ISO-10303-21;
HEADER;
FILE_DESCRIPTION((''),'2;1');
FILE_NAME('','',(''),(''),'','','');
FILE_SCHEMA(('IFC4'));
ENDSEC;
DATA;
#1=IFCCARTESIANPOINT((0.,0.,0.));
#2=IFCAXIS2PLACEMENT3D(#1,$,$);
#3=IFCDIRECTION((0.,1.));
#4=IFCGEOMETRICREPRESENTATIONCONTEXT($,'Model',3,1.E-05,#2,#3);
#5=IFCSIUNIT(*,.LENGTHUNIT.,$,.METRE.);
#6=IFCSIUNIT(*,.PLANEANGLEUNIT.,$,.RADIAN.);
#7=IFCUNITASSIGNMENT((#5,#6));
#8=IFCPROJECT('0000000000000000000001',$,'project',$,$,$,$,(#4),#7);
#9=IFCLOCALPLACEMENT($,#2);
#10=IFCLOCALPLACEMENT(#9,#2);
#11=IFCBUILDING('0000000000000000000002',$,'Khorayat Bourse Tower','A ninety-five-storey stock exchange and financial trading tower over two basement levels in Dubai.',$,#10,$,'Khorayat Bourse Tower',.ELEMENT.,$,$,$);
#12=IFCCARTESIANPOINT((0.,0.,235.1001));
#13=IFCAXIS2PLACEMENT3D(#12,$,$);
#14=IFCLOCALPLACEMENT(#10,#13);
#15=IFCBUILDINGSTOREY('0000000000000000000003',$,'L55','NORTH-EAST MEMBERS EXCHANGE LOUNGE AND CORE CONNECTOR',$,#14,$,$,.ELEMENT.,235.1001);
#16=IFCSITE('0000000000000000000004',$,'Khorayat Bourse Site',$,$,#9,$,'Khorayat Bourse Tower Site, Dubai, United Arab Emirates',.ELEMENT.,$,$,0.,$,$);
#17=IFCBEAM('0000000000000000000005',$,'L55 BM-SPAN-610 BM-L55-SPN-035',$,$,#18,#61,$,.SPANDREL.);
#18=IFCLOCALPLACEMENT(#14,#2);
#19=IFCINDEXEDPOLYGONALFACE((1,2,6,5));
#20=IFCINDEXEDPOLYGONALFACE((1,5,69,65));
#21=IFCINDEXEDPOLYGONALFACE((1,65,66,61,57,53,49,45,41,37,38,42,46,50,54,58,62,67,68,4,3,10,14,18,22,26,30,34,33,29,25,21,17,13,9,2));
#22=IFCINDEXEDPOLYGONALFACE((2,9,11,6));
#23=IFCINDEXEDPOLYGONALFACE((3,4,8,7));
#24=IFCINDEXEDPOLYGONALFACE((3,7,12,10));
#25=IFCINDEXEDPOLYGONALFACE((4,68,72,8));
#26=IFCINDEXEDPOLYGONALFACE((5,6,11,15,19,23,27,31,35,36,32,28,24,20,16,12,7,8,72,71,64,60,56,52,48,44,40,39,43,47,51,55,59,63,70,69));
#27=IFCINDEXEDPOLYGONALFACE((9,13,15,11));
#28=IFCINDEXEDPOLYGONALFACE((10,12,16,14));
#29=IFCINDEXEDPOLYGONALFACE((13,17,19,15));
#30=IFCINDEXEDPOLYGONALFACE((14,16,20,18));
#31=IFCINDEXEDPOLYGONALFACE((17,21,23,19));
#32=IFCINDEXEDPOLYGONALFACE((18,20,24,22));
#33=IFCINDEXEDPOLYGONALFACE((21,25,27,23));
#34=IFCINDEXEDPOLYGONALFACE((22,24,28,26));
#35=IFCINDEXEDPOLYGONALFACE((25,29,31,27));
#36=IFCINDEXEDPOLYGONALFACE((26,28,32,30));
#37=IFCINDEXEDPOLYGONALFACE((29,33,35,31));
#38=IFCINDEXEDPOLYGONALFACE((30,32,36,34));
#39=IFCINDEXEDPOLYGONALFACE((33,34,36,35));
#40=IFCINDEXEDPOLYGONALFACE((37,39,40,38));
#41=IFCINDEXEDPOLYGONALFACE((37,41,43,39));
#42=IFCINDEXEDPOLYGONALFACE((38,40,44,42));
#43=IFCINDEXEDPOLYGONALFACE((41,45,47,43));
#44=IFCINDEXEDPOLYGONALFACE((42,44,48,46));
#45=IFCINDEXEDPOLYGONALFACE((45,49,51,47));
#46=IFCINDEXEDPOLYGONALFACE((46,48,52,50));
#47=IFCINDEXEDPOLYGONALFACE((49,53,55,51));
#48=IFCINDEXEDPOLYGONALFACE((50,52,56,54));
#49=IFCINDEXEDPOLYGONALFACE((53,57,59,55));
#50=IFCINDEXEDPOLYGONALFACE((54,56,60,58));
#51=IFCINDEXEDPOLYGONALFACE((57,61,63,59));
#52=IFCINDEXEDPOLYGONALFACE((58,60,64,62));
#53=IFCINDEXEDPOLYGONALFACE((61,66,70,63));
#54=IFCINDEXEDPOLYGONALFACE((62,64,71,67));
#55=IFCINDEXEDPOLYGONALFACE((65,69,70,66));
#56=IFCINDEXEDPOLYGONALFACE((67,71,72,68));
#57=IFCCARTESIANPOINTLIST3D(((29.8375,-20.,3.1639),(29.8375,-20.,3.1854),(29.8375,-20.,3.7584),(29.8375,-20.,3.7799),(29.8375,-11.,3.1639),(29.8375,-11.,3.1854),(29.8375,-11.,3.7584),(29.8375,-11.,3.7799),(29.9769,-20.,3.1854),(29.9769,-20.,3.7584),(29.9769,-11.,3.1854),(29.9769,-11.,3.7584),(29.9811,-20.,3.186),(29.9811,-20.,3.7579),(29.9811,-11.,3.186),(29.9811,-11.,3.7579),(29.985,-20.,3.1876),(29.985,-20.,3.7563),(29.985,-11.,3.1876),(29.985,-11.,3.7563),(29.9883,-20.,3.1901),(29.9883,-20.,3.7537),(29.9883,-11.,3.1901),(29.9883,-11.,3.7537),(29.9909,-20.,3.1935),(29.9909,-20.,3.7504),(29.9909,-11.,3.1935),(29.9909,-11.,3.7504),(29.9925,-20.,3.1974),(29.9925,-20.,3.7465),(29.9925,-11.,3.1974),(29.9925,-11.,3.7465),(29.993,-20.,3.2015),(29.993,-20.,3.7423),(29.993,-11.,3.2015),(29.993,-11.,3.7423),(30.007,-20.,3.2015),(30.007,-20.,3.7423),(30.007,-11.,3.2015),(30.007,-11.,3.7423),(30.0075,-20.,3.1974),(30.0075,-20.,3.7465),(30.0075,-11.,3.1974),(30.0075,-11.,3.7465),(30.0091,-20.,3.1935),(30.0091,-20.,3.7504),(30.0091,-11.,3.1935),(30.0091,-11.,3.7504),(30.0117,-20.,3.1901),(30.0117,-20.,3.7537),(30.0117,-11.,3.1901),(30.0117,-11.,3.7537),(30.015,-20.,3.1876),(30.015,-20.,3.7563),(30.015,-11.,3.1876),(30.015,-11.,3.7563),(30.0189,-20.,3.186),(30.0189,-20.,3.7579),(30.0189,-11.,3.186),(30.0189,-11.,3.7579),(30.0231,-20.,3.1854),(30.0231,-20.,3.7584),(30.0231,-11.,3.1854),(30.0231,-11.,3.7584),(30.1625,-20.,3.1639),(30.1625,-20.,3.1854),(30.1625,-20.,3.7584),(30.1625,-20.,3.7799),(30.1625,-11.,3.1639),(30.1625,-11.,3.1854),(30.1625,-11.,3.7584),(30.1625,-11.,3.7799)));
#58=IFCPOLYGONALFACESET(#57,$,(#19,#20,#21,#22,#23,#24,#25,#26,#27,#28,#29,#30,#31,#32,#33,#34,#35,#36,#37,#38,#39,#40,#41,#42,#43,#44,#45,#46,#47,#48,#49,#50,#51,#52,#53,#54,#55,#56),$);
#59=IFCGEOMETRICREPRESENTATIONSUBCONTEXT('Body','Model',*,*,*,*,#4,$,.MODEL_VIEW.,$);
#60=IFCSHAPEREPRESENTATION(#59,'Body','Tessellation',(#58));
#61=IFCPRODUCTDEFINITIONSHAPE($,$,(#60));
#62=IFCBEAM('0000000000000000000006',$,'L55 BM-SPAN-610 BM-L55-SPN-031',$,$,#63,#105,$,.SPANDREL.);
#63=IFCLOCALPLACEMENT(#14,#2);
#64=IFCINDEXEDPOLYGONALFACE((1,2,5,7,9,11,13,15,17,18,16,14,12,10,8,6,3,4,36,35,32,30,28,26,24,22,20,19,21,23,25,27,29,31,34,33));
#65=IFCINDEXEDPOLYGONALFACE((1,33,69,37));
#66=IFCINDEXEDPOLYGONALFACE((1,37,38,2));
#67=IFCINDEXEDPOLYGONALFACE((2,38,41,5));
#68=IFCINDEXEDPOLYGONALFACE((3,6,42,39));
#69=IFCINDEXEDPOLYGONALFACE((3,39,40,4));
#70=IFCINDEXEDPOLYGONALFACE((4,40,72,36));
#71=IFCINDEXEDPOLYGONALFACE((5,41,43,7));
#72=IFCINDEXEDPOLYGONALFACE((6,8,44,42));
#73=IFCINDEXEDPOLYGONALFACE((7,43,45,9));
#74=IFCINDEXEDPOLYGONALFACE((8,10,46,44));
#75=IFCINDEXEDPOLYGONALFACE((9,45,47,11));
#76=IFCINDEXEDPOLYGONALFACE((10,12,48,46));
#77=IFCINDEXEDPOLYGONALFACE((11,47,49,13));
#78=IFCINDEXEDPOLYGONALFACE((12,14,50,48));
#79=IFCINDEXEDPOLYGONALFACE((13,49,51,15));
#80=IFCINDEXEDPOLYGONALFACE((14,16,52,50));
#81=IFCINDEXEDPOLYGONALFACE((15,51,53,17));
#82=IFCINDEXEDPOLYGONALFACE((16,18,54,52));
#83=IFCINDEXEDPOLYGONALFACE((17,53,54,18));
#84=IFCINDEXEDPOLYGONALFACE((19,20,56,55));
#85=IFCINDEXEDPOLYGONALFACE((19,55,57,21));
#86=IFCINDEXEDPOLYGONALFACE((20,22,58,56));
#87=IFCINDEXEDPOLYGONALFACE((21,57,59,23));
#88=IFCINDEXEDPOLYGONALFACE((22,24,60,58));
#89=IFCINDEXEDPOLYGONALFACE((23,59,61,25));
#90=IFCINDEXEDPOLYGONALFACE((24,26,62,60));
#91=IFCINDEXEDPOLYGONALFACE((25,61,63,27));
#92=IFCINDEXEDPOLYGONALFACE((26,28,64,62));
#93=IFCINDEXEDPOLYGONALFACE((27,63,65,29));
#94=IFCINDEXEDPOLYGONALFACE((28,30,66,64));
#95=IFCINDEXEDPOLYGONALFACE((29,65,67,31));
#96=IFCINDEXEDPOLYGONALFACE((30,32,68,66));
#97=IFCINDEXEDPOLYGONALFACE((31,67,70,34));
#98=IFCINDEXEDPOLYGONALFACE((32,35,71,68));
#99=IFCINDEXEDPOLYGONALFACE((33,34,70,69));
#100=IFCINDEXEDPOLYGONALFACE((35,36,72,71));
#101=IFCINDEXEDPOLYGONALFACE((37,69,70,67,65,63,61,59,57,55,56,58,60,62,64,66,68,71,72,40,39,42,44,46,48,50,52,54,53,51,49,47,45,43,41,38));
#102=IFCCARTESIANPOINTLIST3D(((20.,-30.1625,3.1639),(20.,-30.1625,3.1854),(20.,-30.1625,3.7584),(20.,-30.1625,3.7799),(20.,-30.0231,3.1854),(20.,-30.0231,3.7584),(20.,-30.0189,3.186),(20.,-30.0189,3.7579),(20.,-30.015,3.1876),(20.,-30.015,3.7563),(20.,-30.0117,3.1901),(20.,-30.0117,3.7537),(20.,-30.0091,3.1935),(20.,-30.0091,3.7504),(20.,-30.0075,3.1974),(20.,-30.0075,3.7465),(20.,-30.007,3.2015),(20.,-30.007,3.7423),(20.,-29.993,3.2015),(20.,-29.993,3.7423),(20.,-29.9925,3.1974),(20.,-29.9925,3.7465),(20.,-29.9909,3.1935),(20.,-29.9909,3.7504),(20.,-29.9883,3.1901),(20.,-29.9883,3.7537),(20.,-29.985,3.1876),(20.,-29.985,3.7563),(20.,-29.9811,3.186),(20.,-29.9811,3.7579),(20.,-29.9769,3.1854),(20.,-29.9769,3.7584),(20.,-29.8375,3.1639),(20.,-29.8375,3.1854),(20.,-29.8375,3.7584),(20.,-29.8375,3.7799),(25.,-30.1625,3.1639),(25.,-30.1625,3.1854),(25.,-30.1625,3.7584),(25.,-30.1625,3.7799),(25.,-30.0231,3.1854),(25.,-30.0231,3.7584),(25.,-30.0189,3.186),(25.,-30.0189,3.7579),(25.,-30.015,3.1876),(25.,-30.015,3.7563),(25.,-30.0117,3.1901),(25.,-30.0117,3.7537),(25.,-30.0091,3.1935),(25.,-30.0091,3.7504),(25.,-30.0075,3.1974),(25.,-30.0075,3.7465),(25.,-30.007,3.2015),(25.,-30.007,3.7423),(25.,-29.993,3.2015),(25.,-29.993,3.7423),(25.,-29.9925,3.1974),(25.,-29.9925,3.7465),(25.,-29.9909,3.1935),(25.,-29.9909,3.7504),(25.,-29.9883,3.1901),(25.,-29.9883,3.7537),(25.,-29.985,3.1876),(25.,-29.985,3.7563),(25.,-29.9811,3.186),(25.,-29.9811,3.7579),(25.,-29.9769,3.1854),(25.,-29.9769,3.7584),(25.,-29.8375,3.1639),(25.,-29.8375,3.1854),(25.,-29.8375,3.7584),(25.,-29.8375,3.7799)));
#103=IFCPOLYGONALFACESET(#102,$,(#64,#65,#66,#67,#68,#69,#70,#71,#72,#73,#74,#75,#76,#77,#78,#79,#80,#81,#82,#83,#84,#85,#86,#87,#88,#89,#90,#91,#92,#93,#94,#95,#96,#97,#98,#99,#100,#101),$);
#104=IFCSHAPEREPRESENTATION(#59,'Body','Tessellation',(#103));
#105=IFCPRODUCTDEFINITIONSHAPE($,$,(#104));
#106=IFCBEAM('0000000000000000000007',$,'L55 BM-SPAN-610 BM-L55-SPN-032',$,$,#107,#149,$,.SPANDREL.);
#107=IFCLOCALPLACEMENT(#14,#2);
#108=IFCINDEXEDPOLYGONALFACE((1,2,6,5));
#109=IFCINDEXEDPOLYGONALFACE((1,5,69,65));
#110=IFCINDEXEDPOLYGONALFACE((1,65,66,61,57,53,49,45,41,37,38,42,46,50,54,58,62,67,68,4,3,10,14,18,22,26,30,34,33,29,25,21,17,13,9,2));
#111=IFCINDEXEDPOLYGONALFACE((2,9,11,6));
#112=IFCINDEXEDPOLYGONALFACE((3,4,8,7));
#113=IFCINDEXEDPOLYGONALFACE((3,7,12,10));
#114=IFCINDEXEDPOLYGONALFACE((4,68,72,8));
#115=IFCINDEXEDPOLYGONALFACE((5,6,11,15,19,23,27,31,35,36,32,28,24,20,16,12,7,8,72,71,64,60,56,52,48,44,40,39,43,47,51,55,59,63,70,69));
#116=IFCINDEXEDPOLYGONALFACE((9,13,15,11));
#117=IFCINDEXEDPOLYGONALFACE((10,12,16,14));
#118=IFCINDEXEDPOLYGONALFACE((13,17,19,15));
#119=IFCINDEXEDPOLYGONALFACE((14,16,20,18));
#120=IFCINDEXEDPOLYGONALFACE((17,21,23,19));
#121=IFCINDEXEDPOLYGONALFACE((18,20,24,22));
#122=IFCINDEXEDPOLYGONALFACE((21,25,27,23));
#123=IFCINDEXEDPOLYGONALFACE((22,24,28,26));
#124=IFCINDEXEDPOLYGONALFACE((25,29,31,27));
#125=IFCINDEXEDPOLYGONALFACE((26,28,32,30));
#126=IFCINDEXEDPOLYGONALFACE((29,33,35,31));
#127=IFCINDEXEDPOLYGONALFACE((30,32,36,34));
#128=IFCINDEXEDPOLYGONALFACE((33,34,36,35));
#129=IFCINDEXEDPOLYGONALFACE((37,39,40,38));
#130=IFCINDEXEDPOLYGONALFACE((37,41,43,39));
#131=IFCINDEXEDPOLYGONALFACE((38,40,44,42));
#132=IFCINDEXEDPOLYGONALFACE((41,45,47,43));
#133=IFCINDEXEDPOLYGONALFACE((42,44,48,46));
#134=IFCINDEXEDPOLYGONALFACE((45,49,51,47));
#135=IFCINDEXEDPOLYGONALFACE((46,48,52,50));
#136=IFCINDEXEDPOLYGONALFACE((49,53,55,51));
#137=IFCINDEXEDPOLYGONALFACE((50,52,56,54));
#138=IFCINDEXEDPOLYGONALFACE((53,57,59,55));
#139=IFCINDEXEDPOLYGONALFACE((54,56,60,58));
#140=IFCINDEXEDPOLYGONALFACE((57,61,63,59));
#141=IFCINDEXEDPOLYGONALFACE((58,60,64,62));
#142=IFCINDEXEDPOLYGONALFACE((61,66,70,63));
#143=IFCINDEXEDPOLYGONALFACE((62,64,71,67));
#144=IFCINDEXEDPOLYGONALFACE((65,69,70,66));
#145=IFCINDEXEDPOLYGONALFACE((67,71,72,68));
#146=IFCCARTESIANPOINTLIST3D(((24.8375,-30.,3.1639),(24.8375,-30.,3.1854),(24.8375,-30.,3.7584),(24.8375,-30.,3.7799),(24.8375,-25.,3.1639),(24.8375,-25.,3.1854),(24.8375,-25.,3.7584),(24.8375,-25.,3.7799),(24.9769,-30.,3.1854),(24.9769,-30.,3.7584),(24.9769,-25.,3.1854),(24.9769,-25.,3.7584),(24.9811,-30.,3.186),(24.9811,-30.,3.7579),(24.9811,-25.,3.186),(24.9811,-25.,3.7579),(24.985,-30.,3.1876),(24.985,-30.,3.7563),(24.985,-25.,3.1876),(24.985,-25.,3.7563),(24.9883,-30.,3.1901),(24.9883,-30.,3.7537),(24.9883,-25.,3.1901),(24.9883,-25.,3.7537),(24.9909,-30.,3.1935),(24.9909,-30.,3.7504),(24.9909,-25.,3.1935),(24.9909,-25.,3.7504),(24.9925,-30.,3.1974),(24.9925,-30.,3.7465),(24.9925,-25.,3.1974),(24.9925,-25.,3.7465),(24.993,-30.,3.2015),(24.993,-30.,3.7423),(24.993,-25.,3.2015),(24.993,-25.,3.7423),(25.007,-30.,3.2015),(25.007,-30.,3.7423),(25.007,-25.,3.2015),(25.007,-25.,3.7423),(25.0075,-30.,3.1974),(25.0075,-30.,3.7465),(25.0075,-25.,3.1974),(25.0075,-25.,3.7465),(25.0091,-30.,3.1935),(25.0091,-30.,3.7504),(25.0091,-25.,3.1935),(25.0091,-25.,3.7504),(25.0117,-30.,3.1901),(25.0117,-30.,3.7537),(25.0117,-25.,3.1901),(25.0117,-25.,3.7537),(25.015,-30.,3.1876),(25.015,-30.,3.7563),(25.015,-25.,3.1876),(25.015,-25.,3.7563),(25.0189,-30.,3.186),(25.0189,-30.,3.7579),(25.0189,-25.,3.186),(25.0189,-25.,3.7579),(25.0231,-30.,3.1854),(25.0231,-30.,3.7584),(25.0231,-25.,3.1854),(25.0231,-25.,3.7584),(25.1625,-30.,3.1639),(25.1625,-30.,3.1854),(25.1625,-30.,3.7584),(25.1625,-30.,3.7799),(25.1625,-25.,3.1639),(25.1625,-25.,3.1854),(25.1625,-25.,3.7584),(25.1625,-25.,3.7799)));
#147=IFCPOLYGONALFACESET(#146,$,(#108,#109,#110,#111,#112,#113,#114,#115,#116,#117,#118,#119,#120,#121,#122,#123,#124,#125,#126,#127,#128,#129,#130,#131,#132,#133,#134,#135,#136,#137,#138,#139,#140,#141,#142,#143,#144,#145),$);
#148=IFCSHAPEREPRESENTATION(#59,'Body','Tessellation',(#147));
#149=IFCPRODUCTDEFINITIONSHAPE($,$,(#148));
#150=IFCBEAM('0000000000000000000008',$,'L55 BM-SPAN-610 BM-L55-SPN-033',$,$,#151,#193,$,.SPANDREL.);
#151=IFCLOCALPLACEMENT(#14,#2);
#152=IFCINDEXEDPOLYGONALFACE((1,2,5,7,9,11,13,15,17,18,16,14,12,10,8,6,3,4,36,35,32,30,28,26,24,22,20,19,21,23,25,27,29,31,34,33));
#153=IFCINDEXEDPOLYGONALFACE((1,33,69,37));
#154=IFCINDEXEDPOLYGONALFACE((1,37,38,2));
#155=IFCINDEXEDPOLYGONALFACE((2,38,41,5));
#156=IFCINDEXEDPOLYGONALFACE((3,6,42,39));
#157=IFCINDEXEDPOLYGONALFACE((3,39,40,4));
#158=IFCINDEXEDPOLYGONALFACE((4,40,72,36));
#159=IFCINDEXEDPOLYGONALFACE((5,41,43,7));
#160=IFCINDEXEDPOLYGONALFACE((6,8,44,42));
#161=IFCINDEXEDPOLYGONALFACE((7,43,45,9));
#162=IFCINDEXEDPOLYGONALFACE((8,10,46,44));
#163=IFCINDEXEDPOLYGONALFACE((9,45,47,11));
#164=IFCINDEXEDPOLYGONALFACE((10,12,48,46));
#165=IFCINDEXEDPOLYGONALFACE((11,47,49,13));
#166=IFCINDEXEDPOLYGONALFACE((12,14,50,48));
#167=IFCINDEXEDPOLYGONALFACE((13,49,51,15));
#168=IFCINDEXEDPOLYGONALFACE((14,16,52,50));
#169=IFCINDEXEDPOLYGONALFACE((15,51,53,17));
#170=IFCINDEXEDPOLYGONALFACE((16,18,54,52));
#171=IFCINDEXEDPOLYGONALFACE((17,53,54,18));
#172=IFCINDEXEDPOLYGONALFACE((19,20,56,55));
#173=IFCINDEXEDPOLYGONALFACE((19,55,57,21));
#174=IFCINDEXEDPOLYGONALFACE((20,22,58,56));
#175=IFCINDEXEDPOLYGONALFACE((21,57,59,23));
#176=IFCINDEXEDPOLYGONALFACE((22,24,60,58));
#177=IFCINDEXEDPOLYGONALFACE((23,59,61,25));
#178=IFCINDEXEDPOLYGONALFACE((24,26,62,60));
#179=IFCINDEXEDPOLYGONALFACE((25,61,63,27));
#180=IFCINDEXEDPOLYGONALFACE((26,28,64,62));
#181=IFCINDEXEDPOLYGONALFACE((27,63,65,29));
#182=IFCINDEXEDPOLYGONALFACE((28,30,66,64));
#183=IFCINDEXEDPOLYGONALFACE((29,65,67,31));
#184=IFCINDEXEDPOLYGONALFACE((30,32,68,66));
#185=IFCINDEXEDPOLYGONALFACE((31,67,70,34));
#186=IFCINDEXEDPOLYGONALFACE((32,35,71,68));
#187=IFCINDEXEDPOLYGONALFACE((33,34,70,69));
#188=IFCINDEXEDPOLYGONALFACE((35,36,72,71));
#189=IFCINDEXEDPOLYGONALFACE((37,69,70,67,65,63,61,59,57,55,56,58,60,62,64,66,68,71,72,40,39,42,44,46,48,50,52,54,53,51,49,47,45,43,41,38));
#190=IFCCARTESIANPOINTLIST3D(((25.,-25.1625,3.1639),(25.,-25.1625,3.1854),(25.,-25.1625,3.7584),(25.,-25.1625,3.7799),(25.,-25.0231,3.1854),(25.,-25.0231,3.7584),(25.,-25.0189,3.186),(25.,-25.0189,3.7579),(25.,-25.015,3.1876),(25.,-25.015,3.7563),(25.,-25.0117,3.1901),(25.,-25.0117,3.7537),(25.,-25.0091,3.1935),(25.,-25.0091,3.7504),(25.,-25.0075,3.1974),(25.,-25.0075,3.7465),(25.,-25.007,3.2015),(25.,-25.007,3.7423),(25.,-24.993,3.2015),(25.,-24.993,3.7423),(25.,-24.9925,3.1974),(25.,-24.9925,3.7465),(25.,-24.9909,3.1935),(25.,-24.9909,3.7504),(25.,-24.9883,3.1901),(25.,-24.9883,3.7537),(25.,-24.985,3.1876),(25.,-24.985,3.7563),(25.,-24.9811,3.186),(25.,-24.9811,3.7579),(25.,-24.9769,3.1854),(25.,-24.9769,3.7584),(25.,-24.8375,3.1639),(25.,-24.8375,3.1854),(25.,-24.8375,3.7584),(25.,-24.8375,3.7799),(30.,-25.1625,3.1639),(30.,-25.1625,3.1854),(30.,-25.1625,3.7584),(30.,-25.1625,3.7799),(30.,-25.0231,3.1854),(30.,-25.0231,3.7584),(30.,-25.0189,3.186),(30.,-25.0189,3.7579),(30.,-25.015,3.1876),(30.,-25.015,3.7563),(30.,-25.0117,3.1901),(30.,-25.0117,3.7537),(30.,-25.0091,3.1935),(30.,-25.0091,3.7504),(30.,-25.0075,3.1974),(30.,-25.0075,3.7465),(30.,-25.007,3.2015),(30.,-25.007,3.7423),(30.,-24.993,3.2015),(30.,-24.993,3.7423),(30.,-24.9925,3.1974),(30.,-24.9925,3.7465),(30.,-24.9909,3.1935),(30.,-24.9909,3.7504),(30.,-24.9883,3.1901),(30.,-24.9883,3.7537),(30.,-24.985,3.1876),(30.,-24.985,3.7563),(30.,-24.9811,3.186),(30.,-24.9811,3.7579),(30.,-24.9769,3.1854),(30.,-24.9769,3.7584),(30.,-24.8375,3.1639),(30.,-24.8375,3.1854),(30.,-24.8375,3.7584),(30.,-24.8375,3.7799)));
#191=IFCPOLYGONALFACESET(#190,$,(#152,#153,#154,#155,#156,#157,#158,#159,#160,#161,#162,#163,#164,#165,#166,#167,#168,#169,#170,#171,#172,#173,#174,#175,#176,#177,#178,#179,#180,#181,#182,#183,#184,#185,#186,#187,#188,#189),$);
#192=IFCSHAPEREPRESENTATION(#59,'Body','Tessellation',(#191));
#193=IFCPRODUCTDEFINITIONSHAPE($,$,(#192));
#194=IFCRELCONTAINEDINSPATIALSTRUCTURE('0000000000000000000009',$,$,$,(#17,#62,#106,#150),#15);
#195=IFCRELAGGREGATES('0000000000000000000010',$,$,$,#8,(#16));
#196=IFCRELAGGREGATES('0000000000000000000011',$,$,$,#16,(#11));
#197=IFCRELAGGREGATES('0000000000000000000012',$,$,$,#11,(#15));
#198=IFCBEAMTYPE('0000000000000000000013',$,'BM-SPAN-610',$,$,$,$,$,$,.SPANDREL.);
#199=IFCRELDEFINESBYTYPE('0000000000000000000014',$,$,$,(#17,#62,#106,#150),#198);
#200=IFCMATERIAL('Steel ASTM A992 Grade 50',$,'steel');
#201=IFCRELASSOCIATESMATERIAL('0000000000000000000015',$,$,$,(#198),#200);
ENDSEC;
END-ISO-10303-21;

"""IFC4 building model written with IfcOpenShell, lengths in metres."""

from ifc_helpers import new_model, si_unit, direction, frame, origin, origin_2d, place, context, subcontext, project, spatial, i_section, extrude, source, transform, mapped, material, material_profile, profile_set, type_object, element, save


model = new_model("IFC4")

# Units and contexts
model_context = context("Model", 3, precision=1e-05, world=origin(), true_north=direction((0.0, 1.0)))
body_context = subcontext(model_context, "Body", "Model", "MODEL_VIEW")
ifc_project = project(units=[si_unit("LENGTHUNIT", "METRE"), si_unit("PLANEANGLEUNIT", "RADIAN")], contexts=[model_context])

# Site, building, storey
site_placement = place(None, origin())
site = spatial("IfcSite", under=ifc_project, at=site_placement, Name="Khorayat Bourse Site", LongName="Khorayat Bourse Tower Site, Dubai, United Arab Emirates", CompositionType="ELEMENT", RefElevation=0.0)
building_placement = place(site_placement, origin())
building = spatial("IfcBuilding", under=site, at=building_placement, Name="Khorayat Bourse Tower", Description="A ninety-five-storey stock exchange and financial trading tower over two basement levels in Dubai.", LongName="Khorayat Bourse Tower", CompositionType="ELEMENT")
storey_placement = place(building_placement, frame((0.0, 0.0, 235.1001)))
storey = spatial("IfcBuildingStorey", under=building, at=storey_placement, Name="L55", Description="NORTH-EAST MEMBERS EXCHANGE LOUNGE AND CORE CONNECTOR", CompositionType="ELEMENT", Elevation=235.1001)

# Beams
ifc_material_1 = material(Name="Steel ASTM A992 Grade 50", Category="steel")
ifc_material_profile_1 = material_profile(ifc_material_1, i_section(OverallWidth=0.325, OverallDepth=0.616, WebThickness=0.0139, FlangeThickness=0.0215, FilletRadius=0.0161, at=origin_2d()), Name="W610X174")
ifc_profile_set_1 = profile_set([ifc_material_profile_1], Name="Steel ASTM A992 Grade 50")
beam_type_1 = type_object("IfcBeamType", Name="BM-SPAN-610", PredefinedType="SPANDREL", material=ifc_profile_set_1)
shared_shape_1 = source(origin(), body_context, "Body", "SweptSolid", [
    extrude(i_section(OverallWidth=0.325, OverallDepth=0.616, WebThickness=0.0139, FlangeThickness=0.0215, FilletRadius=0.0161, at=origin_2d()), origin(), (0.0, 0.0, 1.0), 9.0),
])
beam_1_placement = place(storey_placement, frame((30.0, -20.0, 3.4719), z_axis=(0.0, 1.0, 0.0), x_axis=(-1.0, 0.0, 0.0)))
element("IfcBeam", 1, at=beam_1_placement, inside=storey, type_object=beam_type_1, Name="L55 BM-SPAN-610 BM-L55-SPN-035", PredefinedType="SPANDREL", context=body_context, shape_type="MappedRepresentation", body=[
    mapped(shared_shape_1, transform((0.0, 0.0, 0.0), scale=1.0)),
])
shared_shape_2 = source(origin(), body_context, "Body", "SweptSolid", [
    extrude(i_section(OverallWidth=0.325, OverallDepth=0.616, WebThickness=0.0139, FlangeThickness=0.0215, FilletRadius=0.0161, at=origin_2d()), origin(), (0.0, 0.0, 1.0), 5.0),
])
for number, where, z_axis, x_axis, name in (
    (2, (20.0, -30.0, 3.4719), (1.0, 0.0, 0.0), (0.0, 1.0, 0.0), "L55 BM-SPAN-610 BM-L55-SPN-031"),
    (3, (25.0, -30.0, 3.4719), (0.0, 1.0, 0.0), (-1.0, 0.0, 0.0), "L55 BM-SPAN-610 BM-L55-SPN-032"),
    (4, (25.0, -25.0, 3.4719), (1.0, 0.0, 0.0), (0.0, 1.0, 0.0), "L55 BM-SPAN-610 BM-L55-SPN-033"),
):
    element("IfcBeam", number, at=place(storey_placement, frame(where, z_axis=z_axis, x_axis=x_axis)), inside=storey, type_object=beam_type_1, Name=name, PredefinedType="SPANDREL", context=body_context, shape_type="MappedRepresentation", body=[
        mapped(shared_shape_2, transform((0.0, 0.0, 0.0), scale=1.0)),
    ])

save(model, "model.ifc")
